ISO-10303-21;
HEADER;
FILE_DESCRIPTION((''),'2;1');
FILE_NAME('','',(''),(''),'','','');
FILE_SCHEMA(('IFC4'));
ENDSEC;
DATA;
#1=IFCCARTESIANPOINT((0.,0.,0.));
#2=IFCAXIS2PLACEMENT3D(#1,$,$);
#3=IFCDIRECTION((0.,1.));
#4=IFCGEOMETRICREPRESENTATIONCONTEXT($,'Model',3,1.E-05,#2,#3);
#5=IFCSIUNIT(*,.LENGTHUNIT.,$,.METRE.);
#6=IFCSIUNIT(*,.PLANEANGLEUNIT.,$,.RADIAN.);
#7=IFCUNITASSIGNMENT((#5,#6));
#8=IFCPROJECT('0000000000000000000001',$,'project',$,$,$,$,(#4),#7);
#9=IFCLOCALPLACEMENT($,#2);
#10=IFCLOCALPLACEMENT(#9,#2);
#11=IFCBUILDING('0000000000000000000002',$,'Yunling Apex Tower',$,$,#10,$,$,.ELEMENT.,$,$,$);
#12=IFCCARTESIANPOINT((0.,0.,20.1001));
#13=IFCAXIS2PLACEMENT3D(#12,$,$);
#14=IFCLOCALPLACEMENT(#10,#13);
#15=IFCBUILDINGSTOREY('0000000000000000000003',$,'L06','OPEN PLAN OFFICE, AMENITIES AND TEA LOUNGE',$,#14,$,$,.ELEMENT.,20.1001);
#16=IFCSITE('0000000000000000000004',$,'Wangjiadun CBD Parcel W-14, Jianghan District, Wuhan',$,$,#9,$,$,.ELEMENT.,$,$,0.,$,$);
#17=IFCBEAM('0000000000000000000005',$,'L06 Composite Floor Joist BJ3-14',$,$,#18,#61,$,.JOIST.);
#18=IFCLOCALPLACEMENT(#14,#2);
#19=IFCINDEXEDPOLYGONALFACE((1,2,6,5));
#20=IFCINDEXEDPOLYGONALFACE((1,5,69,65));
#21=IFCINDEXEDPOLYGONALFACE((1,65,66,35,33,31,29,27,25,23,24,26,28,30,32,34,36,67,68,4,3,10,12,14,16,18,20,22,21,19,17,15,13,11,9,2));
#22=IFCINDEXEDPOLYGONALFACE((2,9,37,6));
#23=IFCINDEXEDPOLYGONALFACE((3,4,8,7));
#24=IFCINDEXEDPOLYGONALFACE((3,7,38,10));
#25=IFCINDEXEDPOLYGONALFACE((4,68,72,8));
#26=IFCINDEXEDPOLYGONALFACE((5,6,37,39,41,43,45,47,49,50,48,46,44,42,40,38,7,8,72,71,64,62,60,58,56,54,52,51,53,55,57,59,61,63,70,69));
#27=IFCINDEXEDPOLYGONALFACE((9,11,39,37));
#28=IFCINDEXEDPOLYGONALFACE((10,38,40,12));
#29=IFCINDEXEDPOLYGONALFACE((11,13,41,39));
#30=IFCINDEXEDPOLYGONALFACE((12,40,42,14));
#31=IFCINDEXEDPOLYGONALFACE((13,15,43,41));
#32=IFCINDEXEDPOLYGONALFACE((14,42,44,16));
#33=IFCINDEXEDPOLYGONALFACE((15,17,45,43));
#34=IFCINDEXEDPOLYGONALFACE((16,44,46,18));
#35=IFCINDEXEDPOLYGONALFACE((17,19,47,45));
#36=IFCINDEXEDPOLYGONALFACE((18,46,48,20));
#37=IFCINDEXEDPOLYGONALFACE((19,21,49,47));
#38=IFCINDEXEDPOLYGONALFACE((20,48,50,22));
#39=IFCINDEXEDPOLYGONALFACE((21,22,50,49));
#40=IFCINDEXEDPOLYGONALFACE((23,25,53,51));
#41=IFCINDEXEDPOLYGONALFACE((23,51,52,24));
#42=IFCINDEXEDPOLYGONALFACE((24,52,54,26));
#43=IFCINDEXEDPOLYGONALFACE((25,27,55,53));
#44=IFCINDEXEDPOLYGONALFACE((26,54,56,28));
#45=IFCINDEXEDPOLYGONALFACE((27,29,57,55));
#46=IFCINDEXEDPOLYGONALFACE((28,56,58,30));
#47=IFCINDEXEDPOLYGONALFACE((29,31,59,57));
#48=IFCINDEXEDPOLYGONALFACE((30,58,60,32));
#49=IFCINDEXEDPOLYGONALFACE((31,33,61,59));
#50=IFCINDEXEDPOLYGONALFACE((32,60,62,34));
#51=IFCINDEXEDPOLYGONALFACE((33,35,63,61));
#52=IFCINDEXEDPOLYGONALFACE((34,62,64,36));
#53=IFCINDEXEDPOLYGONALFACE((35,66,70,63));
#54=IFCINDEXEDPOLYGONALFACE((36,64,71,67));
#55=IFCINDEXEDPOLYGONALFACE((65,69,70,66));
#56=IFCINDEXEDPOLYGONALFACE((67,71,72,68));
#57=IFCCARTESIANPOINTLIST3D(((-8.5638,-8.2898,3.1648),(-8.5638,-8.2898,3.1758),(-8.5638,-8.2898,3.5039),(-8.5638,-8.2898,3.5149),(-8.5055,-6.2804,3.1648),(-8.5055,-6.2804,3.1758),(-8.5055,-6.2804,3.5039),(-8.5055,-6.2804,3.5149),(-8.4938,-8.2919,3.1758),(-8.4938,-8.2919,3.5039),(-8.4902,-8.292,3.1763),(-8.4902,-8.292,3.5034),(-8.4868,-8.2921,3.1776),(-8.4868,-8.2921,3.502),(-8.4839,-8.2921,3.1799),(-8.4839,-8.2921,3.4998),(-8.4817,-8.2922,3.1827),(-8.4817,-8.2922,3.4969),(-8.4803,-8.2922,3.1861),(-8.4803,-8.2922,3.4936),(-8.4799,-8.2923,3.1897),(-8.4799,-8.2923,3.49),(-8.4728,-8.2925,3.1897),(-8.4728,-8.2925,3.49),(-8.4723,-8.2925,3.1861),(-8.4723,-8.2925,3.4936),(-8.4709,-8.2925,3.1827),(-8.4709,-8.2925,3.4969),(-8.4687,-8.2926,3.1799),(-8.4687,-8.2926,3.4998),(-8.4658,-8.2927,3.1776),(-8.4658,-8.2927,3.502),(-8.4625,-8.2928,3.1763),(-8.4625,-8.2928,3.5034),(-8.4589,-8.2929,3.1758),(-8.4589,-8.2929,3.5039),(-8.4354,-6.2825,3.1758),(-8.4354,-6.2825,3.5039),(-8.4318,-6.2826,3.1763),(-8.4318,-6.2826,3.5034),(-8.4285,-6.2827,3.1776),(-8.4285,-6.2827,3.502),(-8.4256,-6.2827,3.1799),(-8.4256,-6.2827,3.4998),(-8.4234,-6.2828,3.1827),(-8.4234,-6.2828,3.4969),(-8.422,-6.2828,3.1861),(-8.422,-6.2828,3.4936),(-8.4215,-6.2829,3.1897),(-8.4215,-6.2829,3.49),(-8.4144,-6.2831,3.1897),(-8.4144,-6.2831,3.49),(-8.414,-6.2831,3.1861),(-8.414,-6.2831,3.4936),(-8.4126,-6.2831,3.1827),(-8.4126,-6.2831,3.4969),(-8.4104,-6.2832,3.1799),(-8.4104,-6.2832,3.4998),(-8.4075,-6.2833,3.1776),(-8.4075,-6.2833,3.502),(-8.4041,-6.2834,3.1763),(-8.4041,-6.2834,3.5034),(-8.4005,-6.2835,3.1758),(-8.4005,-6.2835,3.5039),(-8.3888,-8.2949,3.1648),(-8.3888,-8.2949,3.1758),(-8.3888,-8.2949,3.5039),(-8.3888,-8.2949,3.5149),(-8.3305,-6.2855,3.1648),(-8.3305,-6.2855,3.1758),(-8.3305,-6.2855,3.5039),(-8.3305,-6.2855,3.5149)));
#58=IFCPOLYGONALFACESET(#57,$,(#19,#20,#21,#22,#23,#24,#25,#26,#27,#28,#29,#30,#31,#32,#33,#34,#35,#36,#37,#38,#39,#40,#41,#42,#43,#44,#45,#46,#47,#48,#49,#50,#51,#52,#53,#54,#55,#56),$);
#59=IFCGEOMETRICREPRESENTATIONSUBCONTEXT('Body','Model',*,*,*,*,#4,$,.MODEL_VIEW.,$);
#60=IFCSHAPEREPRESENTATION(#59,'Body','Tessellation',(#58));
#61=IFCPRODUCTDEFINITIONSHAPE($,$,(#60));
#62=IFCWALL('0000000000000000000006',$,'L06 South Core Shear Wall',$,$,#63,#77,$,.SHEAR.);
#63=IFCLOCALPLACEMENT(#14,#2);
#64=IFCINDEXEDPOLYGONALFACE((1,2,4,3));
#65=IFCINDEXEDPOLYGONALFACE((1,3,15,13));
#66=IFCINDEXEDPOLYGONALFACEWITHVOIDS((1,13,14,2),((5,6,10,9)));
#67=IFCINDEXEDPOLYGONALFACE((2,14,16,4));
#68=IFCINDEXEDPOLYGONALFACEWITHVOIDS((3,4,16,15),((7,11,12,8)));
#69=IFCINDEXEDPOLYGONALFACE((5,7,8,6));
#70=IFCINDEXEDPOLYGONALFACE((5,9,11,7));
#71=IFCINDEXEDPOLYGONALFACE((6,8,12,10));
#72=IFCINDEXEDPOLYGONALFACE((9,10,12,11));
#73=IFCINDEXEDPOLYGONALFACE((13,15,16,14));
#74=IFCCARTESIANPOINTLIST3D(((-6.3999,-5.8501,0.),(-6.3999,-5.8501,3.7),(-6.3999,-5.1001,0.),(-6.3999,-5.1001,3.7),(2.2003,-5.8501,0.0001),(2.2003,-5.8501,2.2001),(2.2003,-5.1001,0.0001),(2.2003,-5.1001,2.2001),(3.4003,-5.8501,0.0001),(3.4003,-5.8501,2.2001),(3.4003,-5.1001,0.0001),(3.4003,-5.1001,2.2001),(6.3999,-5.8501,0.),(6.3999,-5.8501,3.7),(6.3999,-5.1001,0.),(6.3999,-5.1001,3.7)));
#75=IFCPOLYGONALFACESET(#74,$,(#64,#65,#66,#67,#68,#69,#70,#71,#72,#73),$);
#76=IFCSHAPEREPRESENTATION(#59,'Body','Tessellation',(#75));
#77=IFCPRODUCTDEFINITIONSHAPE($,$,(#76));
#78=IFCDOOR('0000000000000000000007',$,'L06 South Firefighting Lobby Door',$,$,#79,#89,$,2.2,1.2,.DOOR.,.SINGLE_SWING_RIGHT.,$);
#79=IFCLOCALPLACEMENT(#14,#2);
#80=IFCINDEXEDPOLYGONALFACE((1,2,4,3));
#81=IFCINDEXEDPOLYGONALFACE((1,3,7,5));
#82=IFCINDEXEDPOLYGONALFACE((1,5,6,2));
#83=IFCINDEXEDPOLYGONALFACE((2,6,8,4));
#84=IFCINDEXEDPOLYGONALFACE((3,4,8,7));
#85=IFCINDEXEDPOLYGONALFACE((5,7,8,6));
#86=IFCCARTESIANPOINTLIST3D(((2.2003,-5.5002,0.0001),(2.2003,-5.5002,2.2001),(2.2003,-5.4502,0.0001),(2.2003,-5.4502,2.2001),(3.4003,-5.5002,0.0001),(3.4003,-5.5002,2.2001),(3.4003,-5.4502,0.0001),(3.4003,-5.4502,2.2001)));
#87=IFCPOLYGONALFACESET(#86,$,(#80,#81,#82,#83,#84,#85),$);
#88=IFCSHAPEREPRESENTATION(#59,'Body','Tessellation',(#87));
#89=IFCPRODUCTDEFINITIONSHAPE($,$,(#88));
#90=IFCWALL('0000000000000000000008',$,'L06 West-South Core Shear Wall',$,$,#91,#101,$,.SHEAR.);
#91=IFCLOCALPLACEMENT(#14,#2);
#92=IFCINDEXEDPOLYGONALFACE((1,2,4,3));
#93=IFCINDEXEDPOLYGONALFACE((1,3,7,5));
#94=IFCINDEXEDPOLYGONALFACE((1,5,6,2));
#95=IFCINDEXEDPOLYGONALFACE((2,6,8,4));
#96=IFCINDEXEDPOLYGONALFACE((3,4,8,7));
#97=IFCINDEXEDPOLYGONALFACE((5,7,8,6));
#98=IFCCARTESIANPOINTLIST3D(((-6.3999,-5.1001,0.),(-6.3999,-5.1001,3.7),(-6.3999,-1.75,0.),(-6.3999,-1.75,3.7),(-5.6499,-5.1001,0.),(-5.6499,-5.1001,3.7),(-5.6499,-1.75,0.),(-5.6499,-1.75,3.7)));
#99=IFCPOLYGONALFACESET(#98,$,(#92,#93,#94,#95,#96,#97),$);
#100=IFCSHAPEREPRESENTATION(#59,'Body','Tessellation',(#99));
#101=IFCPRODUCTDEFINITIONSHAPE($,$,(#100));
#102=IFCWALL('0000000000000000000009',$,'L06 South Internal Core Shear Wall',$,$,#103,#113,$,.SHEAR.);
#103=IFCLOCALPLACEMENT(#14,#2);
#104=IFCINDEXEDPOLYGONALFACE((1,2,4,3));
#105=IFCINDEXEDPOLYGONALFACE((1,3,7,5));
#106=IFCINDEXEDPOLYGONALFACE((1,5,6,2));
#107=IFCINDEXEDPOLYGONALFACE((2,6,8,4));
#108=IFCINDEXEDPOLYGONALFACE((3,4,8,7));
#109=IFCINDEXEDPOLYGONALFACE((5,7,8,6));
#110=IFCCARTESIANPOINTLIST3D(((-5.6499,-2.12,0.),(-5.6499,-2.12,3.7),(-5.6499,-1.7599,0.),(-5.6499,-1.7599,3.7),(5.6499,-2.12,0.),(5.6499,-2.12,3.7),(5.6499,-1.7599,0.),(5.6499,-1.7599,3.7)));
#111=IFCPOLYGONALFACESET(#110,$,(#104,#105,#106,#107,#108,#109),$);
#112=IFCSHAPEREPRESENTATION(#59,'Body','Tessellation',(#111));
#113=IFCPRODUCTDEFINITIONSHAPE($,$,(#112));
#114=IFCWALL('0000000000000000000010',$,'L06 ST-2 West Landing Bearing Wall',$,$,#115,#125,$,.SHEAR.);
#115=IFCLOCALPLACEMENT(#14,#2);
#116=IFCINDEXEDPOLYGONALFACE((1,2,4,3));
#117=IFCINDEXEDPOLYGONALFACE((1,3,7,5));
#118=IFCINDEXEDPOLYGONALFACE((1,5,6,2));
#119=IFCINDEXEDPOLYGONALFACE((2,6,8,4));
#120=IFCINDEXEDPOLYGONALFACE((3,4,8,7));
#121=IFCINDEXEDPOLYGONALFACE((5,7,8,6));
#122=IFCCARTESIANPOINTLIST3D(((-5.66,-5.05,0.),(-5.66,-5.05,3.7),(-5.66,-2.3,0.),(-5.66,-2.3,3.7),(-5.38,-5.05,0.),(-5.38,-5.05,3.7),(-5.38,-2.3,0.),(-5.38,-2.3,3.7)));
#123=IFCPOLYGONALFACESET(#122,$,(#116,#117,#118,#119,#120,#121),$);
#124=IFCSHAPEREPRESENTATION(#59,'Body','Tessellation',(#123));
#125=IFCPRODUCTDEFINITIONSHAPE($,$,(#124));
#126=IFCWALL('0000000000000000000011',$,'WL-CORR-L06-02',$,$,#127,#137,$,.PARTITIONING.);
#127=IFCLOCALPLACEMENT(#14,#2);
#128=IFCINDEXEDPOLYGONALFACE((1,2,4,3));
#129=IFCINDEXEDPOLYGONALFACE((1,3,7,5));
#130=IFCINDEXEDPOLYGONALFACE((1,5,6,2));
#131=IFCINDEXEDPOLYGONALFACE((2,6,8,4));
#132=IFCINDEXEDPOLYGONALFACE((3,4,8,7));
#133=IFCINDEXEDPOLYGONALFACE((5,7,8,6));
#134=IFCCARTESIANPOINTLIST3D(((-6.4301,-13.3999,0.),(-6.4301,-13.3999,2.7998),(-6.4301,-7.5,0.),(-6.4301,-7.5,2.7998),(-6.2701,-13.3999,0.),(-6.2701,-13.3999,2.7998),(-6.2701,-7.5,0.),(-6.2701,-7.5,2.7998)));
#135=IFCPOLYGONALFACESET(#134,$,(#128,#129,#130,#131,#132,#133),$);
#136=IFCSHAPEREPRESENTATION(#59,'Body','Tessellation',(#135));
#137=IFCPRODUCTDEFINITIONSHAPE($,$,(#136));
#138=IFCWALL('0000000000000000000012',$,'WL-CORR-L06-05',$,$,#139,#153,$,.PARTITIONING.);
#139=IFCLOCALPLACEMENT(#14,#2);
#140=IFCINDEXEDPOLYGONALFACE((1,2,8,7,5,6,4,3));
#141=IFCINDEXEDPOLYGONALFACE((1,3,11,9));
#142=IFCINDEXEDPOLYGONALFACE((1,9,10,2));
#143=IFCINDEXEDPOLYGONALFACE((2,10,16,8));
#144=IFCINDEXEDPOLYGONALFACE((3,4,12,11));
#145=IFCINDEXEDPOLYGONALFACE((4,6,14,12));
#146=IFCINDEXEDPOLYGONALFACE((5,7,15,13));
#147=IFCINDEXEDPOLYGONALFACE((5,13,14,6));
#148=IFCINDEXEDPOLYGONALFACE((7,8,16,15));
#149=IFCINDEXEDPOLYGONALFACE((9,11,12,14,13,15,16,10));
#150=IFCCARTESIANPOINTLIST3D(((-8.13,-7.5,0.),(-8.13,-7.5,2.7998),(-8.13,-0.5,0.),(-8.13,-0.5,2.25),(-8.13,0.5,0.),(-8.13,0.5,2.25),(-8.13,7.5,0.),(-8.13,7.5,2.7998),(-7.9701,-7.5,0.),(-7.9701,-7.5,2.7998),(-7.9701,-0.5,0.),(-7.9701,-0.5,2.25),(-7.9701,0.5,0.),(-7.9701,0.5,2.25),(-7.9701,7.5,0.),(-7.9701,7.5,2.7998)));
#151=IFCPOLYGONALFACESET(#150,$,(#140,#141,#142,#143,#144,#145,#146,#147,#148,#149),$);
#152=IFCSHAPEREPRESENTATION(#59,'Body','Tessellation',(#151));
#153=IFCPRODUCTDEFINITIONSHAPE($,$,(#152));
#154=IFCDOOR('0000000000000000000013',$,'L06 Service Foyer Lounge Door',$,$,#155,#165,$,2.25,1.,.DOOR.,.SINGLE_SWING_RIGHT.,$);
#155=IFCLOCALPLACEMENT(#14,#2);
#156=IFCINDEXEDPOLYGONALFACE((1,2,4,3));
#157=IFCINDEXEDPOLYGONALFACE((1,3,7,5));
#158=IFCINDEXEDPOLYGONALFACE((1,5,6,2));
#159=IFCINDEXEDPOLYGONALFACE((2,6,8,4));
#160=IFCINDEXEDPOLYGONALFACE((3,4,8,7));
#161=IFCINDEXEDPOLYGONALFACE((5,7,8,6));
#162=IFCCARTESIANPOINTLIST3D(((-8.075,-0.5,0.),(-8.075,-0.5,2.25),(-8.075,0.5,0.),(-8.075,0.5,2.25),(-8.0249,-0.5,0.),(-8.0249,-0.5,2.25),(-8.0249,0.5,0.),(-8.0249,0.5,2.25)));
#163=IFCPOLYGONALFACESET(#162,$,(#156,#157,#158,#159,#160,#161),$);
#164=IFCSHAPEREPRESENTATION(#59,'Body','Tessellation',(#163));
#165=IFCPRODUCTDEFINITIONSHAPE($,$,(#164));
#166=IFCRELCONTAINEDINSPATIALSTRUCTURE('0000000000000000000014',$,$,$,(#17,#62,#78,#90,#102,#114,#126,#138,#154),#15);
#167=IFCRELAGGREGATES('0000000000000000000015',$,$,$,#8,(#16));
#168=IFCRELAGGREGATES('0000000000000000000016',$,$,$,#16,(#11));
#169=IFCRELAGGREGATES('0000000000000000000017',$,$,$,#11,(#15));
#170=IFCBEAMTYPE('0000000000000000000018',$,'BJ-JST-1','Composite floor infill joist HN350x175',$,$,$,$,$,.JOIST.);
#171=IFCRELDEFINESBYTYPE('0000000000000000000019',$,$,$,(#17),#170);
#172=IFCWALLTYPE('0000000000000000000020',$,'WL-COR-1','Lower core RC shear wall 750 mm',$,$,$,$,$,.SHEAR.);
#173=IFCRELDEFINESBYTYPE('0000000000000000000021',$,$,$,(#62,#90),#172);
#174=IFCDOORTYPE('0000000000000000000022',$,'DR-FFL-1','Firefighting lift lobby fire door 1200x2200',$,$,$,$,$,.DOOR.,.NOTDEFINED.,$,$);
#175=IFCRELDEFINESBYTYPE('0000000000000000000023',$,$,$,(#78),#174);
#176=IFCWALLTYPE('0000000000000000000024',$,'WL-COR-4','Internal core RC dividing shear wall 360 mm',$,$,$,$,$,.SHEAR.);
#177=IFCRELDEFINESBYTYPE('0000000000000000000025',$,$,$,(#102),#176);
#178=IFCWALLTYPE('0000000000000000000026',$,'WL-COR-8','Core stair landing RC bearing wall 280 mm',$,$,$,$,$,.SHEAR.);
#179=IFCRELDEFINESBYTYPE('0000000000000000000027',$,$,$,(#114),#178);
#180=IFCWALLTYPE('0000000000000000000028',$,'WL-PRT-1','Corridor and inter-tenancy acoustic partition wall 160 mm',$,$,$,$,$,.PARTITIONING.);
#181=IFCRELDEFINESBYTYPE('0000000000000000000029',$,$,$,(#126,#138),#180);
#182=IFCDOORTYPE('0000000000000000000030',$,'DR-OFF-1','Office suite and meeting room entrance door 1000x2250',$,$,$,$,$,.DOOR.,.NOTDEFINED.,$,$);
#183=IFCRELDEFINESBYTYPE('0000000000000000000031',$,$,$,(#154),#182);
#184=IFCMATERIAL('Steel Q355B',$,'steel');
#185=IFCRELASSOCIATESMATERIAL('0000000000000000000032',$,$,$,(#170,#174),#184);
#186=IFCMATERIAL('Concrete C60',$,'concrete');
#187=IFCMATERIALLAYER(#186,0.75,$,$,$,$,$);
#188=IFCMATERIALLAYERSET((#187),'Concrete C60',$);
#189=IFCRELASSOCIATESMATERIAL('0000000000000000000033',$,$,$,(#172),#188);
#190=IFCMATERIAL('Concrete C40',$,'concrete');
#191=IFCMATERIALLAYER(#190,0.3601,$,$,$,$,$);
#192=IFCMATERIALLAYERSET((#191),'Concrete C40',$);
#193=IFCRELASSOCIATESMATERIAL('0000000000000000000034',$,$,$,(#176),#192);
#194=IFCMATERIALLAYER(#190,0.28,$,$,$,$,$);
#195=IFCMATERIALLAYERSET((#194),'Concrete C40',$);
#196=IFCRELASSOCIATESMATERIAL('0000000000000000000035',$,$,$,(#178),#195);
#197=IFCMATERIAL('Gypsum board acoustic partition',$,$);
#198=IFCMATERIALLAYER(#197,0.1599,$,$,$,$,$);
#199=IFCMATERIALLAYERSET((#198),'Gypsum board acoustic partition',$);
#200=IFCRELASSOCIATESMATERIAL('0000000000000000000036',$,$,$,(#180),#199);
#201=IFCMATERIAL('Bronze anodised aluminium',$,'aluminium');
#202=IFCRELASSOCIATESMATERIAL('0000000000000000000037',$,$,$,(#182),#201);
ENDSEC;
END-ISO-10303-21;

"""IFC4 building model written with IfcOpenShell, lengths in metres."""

from ifc_helpers import new_model, si_unit, direction, frame, frame_2d, origin, origin_2d, place, context, subcontext, project, spatial, rectangle, i_section, extrude, source, transform, mapped, material, layer, layer_set, material_profile, profile_set, type_object, element, fill, save


model = new_model("IFC4")

# Units and contexts
model_context = context("Model", 3, precision=1e-05, world=origin(), true_north=direction((0.0, 1.0)))
body_context = subcontext(model_context, "Body", "Model", "MODEL_VIEW")
ifc_project = project(units=[si_unit("LENGTHUNIT", "METRE"), si_unit("PLANEANGLEUNIT", "RADIAN")], contexts=[model_context])

# Site, building, storey
site_placement = place(None, origin())
site = spatial("IfcSite", under=ifc_project, at=site_placement, Name="Wangjiadun CBD Parcel W-14, Jianghan District, Wuhan", CompositionType="ELEMENT", RefElevation=0.0)
building_placement = place(site_placement, origin())
building = spatial("IfcBuilding", under=site, at=building_placement, Name="Yunling Apex Tower", CompositionType="ELEMENT")
storey_placement = place(building_placement, frame((0.0, 0.0, 20.1001)))
storey = spatial("IfcBuildingStorey", under=building, at=storey_placement, Name="L06", Description="OPEN PLAN OFFICE, AMENITIES AND TEA LOUNGE", CompositionType="ELEMENT", Elevation=20.1001)

# Shared definitions
ifc_material_1 = material(Name="Concrete C60", Category="concrete")

# Beam
ifc_material_2 = material(Name="Steel Q355B", Category="steel")
ifc_material_profile_1 = material_profile(ifc_material_2, i_section(OverallWidth=0.175, OverallDepth=0.3501, WebThickness=0.0071, FlangeThickness=0.011, FilletRadius=0.0139, at=origin_2d()))
ifc_profile_set_1 = profile_set([ifc_material_profile_1], Name="Steel Q355B")
beam_type_1 = type_object("IfcBeamType", Name="BJ-JST-1", Description="Composite floor infill joist HN350x175", PredefinedType="JOIST", material=ifc_profile_set_1)
shared_shape_1 = source(origin(), body_context, "Body", "SweptSolid", [
    extrude(i_section(OverallWidth=0.175, OverallDepth=0.3501, WebThickness=0.0071, FlangeThickness=0.011, FilletRadius=0.0139, at=origin_2d()), origin(), (0.0, 0.0, 1.0), 2.0103),
])
beam_1_placement = place(storey_placement, frame((-8.418, -6.283, 3.3398), z_axis=(-0.029024, -0.999579, 0.0), x_axis=(0.999579, -0.029024, 0.0)))
element("IfcBeam", 1, at=beam_1_placement, inside=storey, type_object=beam_type_1, Name="L06 Composite Floor Joist BJ3-14", PredefinedType="JOIST", context=body_context, shape_type="MappedRepresentation", body=[
    mapped(shared_shape_1, transform((0.0, 0.0, 0.0), scale=1.0)),
])

# Wall, opening, door
ifc_layer_1 = layer(ifc_material_1, 0.75)
ifc_layer_set_1 = layer_set([ifc_layer_1], Name="Concrete C60")
wall_type_1 = type_object("IfcWallType", Name="WL-COR-1", Description="Lower core RC shear wall 750 mm", PredefinedType="SHEAR", material=ifc_layer_set_1)
wall_1_placement = place(storey_placement, frame((-6.3999, -5.4751, 0.0), z_axis=(0.0, 0.0, 1.0), x_axis=(1.0, 0.0, 0.0)))
wall_1 = element("IfcWall", 2, at=wall_1_placement, inside=storey, type_object=wall_type_1, Name="L06 South Core Shear Wall", PredefinedType="SHEAR", context=body_context, shape_type="SweptSolid", body=[
    extrude(rectangle(XDim=12.7998, YDim=0.75, at=frame_2d((6.3999, 0.0))), origin(), (0.0, 0.0, 1.0), 3.7),
])
opening_1_placement = place(wall_1_placement, frame((8.6001, 0.0, 0.0)))
opening_1 = element("IfcOpeningElement", 3, at=opening_1_placement, cuts=wall_1, PredefinedType="OPENING", context=body_context, shape_type="SweptSolid", body=[
    extrude(rectangle(XDim=1.2, YDim=2.2, at=frame_2d((0.6001, 1.1001))), frame((0.0, 0.385, 0.0), z_axis=(0.0, -1.0, 0.0), x_axis=(1.0, 0.0, 0.0)), (0.0, 0.0, 1.0), 0.77),
])
door_type_1 = type_object("IfcDoorType", Name="DR-FFL-1", Description="Firefighting lift lobby fire door 1200x2200", OperationType="NOTDEFINED", PredefinedType="DOOR", material=ifc_material_2)
door_1_placement = place(opening_1_placement, origin())
door_1 = element("IfcDoor", 4, at=door_1_placement, inside=storey, type_object=door_type_1, Name="L06 South Firefighting Lobby Door", OperationType="SINGLE_SWING_RIGHT", OverallHeight=2.2, OverallWidth=1.2, PredefinedType="DOOR", context=body_context, shape_type="SweptSolid", body=[
    extrude(rectangle(XDim=1.2, YDim=2.2, at=frame_2d((0.6001, 1.1001))), frame((0.0, 0.0249, 0.0), z_axis=(0.0, -1.0, 0.0), x_axis=(1.0, 0.0, 0.0)), (0.0, 0.0, 1.0), 0.05),
])
fill(opening_1, door_1)

# Walls
wall_2_placement = place(storey_placement, frame((-6.0249, -5.1001, 0.0), z_axis=(0.0, 0.0, 1.0), x_axis=(0.0, 1.0, 0.0)))
element("IfcWall", 5, at=wall_2_placement, inside=storey, type_object=wall_type_1, Name="L06 West-South Core Shear Wall", PredefinedType="SHEAR", context=body_context, shape_type="SweptSolid", body=[
    extrude(rectangle(XDim=3.3501, YDim=0.75, at=frame_2d((1.675, 0.0))), origin(), (0.0, 0.0, 1.0), 3.7),
])
ifc_material_3 = material(Name="Concrete C40", Category="concrete")
ifc_layer_2 = layer(ifc_material_3, 0.3601)
ifc_layer_set_2 = layer_set([ifc_layer_2], Name="Concrete C40")
wall_type_2 = type_object("IfcWallType", Name="WL-COR-4", Description="Internal core RC dividing shear wall 360 mm", PredefinedType="SHEAR", material=ifc_layer_set_2)
wall_3_placement = place(storey_placement, frame((-5.6499, -1.9399, 0.0), z_axis=(0.0, 0.0, 1.0), x_axis=(1.0, 0.0, 0.0)))
element("IfcWall", 6, at=wall_3_placement, inside=storey, type_object=wall_type_2, Name="L06 South Internal Core Shear Wall", PredefinedType="SHEAR", context=body_context, shape_type="SweptSolid", body=[
    extrude(rectangle(XDim=11.2998, YDim=0.3601, at=frame_2d((5.6499, 0.0))), origin(), (0.0, 0.0, 1.0), 3.7),
])
ifc_layer_3 = layer(ifc_material_3, 0.28)
ifc_layer_set_3 = layer_set([ifc_layer_3], Name="Concrete C40")
wall_type_3 = type_object("IfcWallType", Name="WL-COR-8", Description="Core stair landing RC bearing wall 280 mm", PredefinedType="SHEAR", material=ifc_layer_set_3)
wall_4_placement = place(storey_placement, frame((-5.52, -5.05, 0.0), z_axis=(0.0, 0.0, 1.0), x_axis=(0.0, 1.0, 0.0)))
element("IfcWall", 7, at=wall_4_placement, inside=storey, type_object=wall_type_3, Name="L06 ST-2 West Landing Bearing Wall", PredefinedType="SHEAR", context=body_context, shape_type="SweptSolid", body=[
    extrude(rectangle(XDim=2.75, YDim=0.28, at=frame_2d((1.375, 0.0))), origin(), (0.0, 0.0, 1.0), 3.7),
])
ifc_material_4 = material(Name="Gypsum board acoustic partition")
ifc_layer_4 = layer(ifc_material_4, 0.1599)
ifc_layer_set_4 = layer_set([ifc_layer_4], Name="Gypsum board acoustic partition")
wall_type_4 = type_object("IfcWallType", Name="WL-PRT-1", Description="Corridor and inter-tenancy acoustic partition wall 160 mm", PredefinedType="PARTITIONING", material=ifc_layer_set_4)
wall_5_placement = place(storey_placement, frame((-6.3501, -7.5, 0.0), z_axis=(0.0, 0.0, 1.0), x_axis=(0.0, -1.0, 0.0)))
element("IfcWall", 8, at=wall_5_placement, inside=storey, type_object=wall_type_4, Name="WL-CORR-L06-02", PredefinedType="PARTITIONING", context=body_context, shape_type="SweptSolid", body=[
    extrude(rectangle(XDim=5.8999, YDim=0.1599, at=frame_2d((2.95, 0.0))), origin(), (0.0, 0.0, 1.0), 2.7998),
])

# Wall, opening, door
wall_6_placement = place(storey_placement, frame((-8.05, -7.5, 0.0), z_axis=(0.0, 0.0, 1.0), x_axis=(0.0, 1.0, 0.0)))
wall_6 = element("IfcWall", 9, at=wall_6_placement, inside=storey, type_object=wall_type_4, Name="WL-CORR-L06-05", PredefinedType="PARTITIONING", context=body_context, shape_type="SweptSolid", body=[
    extrude(rectangle(XDim=15.0, YDim=0.1599, at=frame_2d((7.5, 0.0))), origin(), (0.0, 0.0, 1.0), 2.7998),
])
opening_2_placement = place(wall_6_placement, frame((7.0, 0.0, 0.0)))
opening_2 = element("IfcOpeningElement", 10, at=opening_2_placement, cuts=wall_6, PredefinedType="OPENING", context=body_context, shape_type="SweptSolid", body=[
    extrude(rectangle(XDim=1.0, YDim=2.25, at=frame_2d((0.5, 1.125))), frame((0.0, 0.0898, 0.0), z_axis=(0.0, -1.0, 0.0), x_axis=(1.0, 0.0, 0.0)), (0.0, 0.0, 1.0), 0.1799),
])
ifc_material_5 = material(Name="Bronze anodised aluminium", Category="aluminium")
door_type_2 = type_object("IfcDoorType", Name="DR-OFF-1", Description="Office suite and meeting room entrance door 1000x2250", OperationType="NOTDEFINED", PredefinedType="DOOR", material=ifc_material_5)
door_2_placement = place(opening_2_placement, origin())
door_2 = element("IfcDoor", 11, at=door_2_placement, inside=storey, type_object=door_type_2, Name="L06 Service Foyer Lounge Door", OperationType="SINGLE_SWING_RIGHT", OverallHeight=2.25, OverallWidth=1.0, PredefinedType="DOOR", context=body_context, shape_type="SweptSolid", body=[
    extrude(rectangle(XDim=1.0, YDim=2.25, at=frame_2d((0.5, 1.125))), frame((0.0, 0.0249, 0.0), z_axis=(0.0, -1.0, 0.0), x_axis=(1.0, 0.0, 0.0)), (0.0, 0.0, 1.0), 0.05),
])
fill(opening_2, door_2)

save(model, "model.ifc")
